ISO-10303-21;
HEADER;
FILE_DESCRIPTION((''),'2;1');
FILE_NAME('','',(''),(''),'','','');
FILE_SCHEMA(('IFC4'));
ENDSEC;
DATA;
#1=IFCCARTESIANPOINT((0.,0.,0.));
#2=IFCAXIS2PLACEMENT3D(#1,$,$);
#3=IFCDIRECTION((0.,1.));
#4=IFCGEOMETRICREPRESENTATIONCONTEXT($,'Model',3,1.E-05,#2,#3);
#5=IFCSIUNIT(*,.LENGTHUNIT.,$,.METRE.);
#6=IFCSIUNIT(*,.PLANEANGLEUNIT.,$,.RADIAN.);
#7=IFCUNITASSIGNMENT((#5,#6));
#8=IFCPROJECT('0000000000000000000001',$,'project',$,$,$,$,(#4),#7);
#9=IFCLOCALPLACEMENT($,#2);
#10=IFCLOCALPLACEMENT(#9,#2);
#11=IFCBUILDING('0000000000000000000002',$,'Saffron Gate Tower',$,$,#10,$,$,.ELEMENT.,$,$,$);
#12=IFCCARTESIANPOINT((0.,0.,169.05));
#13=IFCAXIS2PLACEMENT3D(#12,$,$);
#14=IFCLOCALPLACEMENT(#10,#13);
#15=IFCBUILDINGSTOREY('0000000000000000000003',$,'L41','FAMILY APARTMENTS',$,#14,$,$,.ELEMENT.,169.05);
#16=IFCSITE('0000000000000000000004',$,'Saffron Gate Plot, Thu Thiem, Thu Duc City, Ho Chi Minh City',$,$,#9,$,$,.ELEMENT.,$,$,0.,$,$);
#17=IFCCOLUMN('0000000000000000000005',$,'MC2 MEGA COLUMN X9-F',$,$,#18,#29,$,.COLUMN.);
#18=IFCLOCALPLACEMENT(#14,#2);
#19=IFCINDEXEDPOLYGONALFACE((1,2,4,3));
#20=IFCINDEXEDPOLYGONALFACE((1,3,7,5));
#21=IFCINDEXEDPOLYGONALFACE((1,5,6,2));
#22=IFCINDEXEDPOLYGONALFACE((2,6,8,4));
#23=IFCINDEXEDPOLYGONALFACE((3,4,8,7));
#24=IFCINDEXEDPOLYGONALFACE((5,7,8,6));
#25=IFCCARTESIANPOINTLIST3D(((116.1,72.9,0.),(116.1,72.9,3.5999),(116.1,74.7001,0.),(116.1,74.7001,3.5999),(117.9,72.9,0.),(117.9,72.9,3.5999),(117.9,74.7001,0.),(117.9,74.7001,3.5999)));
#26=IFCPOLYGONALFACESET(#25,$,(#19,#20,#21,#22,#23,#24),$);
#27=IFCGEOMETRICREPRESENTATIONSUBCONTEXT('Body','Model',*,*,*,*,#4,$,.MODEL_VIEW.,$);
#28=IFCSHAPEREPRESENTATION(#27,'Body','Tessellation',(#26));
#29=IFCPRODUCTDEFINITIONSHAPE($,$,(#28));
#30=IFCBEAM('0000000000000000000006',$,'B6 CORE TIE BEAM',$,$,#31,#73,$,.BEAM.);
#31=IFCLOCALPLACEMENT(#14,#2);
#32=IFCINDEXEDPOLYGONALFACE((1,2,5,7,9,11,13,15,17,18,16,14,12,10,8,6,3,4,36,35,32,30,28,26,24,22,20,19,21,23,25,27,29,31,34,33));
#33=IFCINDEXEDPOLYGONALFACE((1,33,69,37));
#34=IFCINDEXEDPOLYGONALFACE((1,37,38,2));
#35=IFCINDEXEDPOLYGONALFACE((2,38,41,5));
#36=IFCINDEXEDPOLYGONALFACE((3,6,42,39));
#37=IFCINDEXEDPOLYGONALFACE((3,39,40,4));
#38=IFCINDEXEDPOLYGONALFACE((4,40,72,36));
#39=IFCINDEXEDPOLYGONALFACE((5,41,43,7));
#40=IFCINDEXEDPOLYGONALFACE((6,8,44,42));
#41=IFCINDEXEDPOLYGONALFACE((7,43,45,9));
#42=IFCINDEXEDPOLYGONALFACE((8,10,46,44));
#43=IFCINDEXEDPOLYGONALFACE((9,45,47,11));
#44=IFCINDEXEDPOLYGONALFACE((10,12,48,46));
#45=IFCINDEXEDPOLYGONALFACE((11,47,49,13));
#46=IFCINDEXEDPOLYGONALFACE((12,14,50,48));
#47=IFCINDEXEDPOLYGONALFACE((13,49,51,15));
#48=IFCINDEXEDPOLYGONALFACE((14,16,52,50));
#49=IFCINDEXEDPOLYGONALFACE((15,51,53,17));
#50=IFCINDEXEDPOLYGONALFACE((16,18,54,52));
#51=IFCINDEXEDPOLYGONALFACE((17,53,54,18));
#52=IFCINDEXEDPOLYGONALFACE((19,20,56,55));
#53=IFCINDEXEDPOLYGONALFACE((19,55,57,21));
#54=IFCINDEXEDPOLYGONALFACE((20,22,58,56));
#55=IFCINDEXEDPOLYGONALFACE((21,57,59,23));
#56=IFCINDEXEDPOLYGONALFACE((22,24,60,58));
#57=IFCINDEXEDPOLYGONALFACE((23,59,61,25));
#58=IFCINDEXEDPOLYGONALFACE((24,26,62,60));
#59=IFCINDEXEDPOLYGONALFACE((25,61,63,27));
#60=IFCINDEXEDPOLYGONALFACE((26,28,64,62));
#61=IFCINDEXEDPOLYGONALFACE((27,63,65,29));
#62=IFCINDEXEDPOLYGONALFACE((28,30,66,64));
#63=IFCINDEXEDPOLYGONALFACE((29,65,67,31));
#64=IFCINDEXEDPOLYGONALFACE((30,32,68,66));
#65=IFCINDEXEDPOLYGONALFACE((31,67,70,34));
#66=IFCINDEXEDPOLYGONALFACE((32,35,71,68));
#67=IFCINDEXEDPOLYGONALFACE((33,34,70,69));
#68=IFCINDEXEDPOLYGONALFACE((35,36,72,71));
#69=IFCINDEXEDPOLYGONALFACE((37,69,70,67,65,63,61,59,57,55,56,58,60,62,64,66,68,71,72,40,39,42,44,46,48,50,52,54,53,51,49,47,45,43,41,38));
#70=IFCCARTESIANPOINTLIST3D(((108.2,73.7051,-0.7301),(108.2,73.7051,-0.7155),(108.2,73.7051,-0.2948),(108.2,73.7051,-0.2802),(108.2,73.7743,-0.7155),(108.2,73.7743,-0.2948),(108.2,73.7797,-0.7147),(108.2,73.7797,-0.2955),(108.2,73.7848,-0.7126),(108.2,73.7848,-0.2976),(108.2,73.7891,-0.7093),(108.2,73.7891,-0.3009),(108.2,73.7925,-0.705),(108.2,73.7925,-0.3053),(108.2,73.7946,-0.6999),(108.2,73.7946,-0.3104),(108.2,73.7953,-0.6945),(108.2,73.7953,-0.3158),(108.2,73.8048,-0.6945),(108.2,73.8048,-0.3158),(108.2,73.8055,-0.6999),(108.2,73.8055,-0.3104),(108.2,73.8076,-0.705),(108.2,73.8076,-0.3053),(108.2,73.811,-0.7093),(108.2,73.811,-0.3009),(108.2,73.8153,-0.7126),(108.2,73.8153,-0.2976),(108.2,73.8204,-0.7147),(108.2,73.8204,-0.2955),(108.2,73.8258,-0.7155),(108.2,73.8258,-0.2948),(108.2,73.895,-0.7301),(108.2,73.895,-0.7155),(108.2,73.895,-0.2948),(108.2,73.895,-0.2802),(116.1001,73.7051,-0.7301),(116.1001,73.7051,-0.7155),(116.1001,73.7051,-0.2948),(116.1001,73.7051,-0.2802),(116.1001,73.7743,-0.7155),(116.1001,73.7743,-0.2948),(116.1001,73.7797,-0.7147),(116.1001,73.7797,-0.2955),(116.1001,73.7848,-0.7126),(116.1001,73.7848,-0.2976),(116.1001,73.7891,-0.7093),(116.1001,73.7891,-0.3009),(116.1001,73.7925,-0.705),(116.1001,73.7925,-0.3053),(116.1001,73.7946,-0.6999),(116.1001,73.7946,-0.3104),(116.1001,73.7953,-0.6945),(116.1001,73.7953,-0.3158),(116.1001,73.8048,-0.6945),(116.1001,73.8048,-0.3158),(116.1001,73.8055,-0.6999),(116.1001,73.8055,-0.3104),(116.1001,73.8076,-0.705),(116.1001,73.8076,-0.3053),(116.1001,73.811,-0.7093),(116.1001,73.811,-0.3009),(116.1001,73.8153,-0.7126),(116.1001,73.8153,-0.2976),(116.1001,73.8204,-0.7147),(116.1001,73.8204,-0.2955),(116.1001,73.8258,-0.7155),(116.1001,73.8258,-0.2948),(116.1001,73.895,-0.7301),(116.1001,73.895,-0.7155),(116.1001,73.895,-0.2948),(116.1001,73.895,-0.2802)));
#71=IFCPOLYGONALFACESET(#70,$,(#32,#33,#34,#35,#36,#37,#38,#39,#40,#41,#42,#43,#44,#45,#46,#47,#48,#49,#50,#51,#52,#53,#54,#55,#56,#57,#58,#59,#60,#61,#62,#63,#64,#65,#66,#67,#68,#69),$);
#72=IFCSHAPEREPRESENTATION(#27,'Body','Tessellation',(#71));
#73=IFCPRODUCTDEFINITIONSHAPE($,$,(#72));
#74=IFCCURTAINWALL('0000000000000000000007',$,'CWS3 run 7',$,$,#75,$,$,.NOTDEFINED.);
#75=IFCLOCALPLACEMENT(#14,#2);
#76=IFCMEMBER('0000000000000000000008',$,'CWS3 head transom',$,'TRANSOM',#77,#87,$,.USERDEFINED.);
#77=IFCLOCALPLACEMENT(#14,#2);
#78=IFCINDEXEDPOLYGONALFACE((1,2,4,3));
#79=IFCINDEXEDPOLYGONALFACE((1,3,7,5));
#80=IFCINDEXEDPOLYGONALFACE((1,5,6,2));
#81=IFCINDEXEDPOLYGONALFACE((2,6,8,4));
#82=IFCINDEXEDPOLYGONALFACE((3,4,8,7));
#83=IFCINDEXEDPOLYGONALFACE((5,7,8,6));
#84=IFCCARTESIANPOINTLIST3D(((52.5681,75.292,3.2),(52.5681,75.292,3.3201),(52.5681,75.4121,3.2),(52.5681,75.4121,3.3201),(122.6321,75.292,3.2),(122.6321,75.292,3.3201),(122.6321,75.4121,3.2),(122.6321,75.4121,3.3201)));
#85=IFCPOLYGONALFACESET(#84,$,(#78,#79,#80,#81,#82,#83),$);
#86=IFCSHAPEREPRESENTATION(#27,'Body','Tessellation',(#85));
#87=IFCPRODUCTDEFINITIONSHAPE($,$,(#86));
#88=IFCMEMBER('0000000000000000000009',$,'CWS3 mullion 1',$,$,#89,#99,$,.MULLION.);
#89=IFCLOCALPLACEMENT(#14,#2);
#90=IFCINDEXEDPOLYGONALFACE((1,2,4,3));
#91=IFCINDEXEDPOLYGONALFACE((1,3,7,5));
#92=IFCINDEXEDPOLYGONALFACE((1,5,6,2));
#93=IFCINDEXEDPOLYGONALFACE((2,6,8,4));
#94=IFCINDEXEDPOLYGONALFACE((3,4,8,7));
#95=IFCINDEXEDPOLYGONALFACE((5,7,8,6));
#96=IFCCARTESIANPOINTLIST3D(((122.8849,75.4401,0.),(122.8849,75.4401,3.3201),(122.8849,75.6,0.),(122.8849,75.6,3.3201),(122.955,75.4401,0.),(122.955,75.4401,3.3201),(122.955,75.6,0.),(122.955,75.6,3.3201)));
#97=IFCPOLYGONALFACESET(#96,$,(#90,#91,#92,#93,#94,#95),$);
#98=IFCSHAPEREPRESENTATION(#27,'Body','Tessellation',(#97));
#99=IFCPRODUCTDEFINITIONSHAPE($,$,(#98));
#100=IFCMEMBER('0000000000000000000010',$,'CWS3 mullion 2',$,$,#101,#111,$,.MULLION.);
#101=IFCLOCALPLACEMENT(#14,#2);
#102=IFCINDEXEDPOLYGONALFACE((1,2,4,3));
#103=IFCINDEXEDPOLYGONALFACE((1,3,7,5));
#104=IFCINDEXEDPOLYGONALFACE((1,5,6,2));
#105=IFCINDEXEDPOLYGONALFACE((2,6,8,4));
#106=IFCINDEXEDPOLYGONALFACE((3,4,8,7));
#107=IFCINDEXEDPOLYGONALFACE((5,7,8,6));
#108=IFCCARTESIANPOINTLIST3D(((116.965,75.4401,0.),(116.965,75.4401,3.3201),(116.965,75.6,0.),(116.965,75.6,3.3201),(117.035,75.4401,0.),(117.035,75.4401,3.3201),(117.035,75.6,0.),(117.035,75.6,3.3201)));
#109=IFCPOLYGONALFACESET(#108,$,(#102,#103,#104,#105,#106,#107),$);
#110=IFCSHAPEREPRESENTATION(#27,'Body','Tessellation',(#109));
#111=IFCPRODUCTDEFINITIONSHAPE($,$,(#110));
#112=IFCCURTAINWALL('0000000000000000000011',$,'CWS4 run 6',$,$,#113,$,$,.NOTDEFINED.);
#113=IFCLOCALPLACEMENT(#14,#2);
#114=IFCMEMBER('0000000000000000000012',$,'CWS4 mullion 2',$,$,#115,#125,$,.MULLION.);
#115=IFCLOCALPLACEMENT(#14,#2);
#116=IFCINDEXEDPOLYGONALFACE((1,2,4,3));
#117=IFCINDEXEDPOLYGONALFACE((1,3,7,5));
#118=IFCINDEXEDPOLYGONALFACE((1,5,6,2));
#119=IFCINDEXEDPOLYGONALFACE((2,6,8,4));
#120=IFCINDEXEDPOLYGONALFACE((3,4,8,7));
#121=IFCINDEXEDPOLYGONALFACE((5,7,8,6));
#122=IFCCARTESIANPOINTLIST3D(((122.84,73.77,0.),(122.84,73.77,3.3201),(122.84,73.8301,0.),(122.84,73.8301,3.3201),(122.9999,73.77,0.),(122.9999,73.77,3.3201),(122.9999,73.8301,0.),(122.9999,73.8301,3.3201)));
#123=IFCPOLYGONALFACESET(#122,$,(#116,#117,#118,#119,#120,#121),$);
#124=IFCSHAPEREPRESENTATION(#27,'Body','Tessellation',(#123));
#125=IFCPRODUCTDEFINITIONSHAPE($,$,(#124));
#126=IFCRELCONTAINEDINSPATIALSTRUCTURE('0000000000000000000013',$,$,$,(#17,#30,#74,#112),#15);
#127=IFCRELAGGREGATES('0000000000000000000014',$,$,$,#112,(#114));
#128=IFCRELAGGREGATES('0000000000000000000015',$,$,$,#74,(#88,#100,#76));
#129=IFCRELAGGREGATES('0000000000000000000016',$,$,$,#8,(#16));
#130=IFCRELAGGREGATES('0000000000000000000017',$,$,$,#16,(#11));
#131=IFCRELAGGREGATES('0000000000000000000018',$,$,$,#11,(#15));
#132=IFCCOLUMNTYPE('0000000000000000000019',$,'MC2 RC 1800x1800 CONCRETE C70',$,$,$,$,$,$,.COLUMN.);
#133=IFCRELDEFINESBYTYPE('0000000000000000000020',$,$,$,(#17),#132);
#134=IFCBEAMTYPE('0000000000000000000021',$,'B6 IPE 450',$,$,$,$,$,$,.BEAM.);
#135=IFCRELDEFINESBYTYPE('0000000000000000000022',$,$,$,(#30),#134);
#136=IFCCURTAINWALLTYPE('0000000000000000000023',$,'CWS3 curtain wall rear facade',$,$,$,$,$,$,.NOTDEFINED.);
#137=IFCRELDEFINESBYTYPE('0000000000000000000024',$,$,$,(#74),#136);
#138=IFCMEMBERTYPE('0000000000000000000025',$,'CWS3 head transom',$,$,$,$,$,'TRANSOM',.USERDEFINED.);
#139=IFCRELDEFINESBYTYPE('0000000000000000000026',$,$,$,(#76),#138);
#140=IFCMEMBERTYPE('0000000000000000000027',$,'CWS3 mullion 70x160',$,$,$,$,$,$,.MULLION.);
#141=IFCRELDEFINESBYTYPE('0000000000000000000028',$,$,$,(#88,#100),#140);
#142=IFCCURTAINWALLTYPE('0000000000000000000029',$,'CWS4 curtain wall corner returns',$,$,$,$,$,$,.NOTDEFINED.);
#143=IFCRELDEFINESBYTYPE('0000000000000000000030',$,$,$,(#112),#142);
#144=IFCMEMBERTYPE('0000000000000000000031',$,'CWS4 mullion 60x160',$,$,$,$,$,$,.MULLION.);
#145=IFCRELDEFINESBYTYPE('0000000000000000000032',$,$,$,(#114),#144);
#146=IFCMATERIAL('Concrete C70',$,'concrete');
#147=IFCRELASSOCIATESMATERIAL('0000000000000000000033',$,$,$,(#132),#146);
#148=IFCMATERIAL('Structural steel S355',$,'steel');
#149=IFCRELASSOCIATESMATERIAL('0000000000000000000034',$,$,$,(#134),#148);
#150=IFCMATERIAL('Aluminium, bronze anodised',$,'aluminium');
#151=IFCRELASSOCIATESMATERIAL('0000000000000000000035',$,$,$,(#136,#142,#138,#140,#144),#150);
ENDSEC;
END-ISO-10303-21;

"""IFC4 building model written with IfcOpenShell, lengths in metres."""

from ifc_helpers import new_model, si_unit, direction, frame, origin, origin_2d, place, context, subcontext, project, spatial, rectangle, i_section, extrude, material, material_profile, profile_set, type_object, element, aggregate, save


model = new_model("IFC4")

# Units and contexts
model_context = context("Model", 3, precision=1e-05, world=origin(), true_north=direction((0.0, 1.0)))
body_context = subcontext(model_context, "Body", "Model", "MODEL_VIEW")
ifc_project = project(units=[si_unit("LENGTHUNIT", "METRE"), si_unit("PLANEANGLEUNIT", "RADIAN")], contexts=[model_context])

# Site, building, storey
site_placement = place(None, origin())
site = spatial("IfcSite", under=ifc_project, at=site_placement, Name="Saffron Gate Plot, Thu Thiem, Thu Duc City, Ho Chi Minh City", CompositionType="ELEMENT", RefElevation=0.0)
building_placement = place(site_placement, origin())
building = spatial("IfcBuilding", under=site, at=building_placement, Name="Saffron Gate Tower", CompositionType="ELEMENT")
storey_placement = place(building_placement, frame((0.0, 0.0, 169.05)))
storey = spatial("IfcBuildingStorey", under=building, at=storey_placement, Name="L41", Description="FAMILY APARTMENTS", CompositionType="ELEMENT", Elevation=169.05)

# Column
ifc_material_1 = material(Name="Concrete C70", Category="concrete")
ifc_material_profile_1 = material_profile(ifc_material_1, rectangle(XDim=1.8, YDim=1.8, at=origin_2d()))
ifc_profile_set_1 = profile_set([ifc_material_profile_1], Name="Concrete C70")
column_type = type_object("IfcColumnType", Name="MC2 RC 1800x1800 CONCRETE C70", PredefinedType="COLUMN", material=ifc_profile_set_1)
column_placement = place(storey_placement, frame((117.0, 73.8, 0.0), z_axis=(0.0, 0.0, 1.0), x_axis=(1.0, 0.0, 0.0)))
element("IfcColumn", 1, at=column_placement, inside=storey, type_object=column_type, Name="MC2 MEGA COLUMN X9-F", PredefinedType="COLUMN", context=body_context, shape_type="SweptSolid", body=[
    extrude(rectangle(XDim=1.8, YDim=1.8, at=origin_2d()), origin(), (0.0, 0.0, 1.0), 3.5999),
])

# Beam
ifc_material_2 = material(Name="Structural steel S355", Category="steel")
ifc_material_profile_2 = material_profile(ifc_material_2, i_section(OverallWidth=0.1899, OverallDepth=0.45, WebThickness=0.0095, FlangeThickness=0.0146, FilletRadius=0.021, at=origin_2d()))
ifc_profile_set_2 = profile_set([ifc_material_profile_2], Name="Structural steel S355")
beam_type = type_object("IfcBeamType", Name="B6 IPE 450", PredefinedType="BEAM", material=ifc_profile_set_2)
beam_placement = place(storey_placement, frame((116.1001, 73.8, -0.5051), z_axis=(-1.0, 0.0, 0.0), x_axis=(0.0, -1.0, 0.0)))
element("IfcBeam", 2, at=beam_placement, inside=storey, type_object=beam_type, Name="B6 CORE TIE BEAM", PredefinedType="BEAM", context=body_context, shape_type="SweptSolid", body=[
    extrude(i_section(OverallWidth=0.1899, OverallDepth=0.45, WebThickness=0.0095, FlangeThickness=0.0146, FilletRadius=0.021, at=origin_2d()), origin(), (0.0, 0.0, 1.0), 7.9001),
])

# Curtain wall, members
ifc_material_3 = material(Name="Aluminium, bronze anodised", Category="aluminium")
curtain_wall_type_1 = type_object("IfcCurtainWallType", Name="CWS3 curtain wall rear facade", PredefinedType="NOTDEFINED", material=ifc_material_3)
curtain_wall_1_placement = place(storey_placement, origin())
curtain_wall_1 = element("IfcCurtainWall", 3, at=curtain_wall_1_placement, inside=storey, type_object=curtain_wall_type_1, Name="CWS3 run 7", PredefinedType="NOTDEFINED")
ifc_material_profile_3 = material_profile(ifc_material_3, rectangle(XDim=0.1201, YDim=0.1201, at=origin_2d()))
ifc_profile_set_3 = profile_set([ifc_material_profile_3], Name="Aluminium, bronze anodised")
member_type_1 = type_object("IfcMemberType", Name="CWS3 head transom", ElementType="TRANSOM", PredefinedType="USERDEFINED", material=ifc_profile_set_3)
member_1_placement = place(storey_placement, frame((122.6321, 75.3521, 3.26), z_axis=(-1.0, 0.0, 0.0), x_axis=(0.0, -1.0, 0.0)))
member_1 = element("IfcMember", 4, at=member_1_placement, type_object=member_type_1, Name="CWS3 head transom", ObjectType="TRANSOM", PredefinedType="USERDEFINED", context=body_context, shape_type="SweptSolid", body=[
    extrude(rectangle(XDim=0.1201, YDim=0.1201, at=origin_2d()), origin(), (0.0, 0.0, 1.0), 70.064),
])
ifc_material_profile_4 = material_profile(ifc_material_3, rectangle(XDim=0.1599, YDim=0.0701, at=origin_2d()))
ifc_profile_set_4 = profile_set([ifc_material_profile_4], Name="Aluminium, bronze anodised")
member_type_2 = type_object("IfcMemberType", Name="CWS3 mullion 70x160", PredefinedType="MULLION", material=ifc_profile_set_4)
member_2_placement = place(storey_placement, frame((122.9199, 75.52, 0.0), z_axis=(0.0, 0.0, 1.0), x_axis=(0.0, -1.0, 0.0)))
member_2 = element("IfcMember", 5, at=member_2_placement, type_object=member_type_2, Name="CWS3 mullion 1", PredefinedType="MULLION", context=body_context, shape_type="SweptSolid", body=[
    extrude(rectangle(XDim=0.1599, YDim=0.0701, at=origin_2d()), origin(), (0.0, 0.0, 1.0), 3.3201),
])
member_3_placement = place(storey_placement, frame((117.0, 75.52, 0.0), z_axis=(0.0, 0.0, 1.0), x_axis=(0.0, -1.0, 0.0)))
member_3 = element("IfcMember", 6, at=member_3_placement, type_object=member_type_2, Name="CWS3 mullion 2", PredefinedType="MULLION", context=body_context, shape_type="SweptSolid", body=[
    extrude(rectangle(XDim=0.1599, YDim=0.0701, at=origin_2d()), origin(), (0.0, 0.0, 1.0), 3.3201),
])

# Curtain wall, member
curtain_wall_type_2 = type_object("IfcCurtainWallType", Name="CWS4 curtain wall corner returns", PredefinedType="NOTDEFINED", material=ifc_material_3)
curtain_wall_2_placement = place(storey_placement, origin())
curtain_wall_2 = element("IfcCurtainWall", 7, at=curtain_wall_2_placement, inside=storey, type_object=curtain_wall_type_2, Name="CWS4 run 6", PredefinedType="NOTDEFINED")
ifc_material_profile_5 = material_profile(ifc_material_3, rectangle(XDim=0.1599, YDim=0.0601, at=origin_2d()))
ifc_profile_set_5 = profile_set([ifc_material_profile_5], Name="Aluminium, bronze anodised")
member_type_3 = type_object("IfcMemberType", Name="CWS4 mullion 60x160", PredefinedType="MULLION", material=ifc_profile_set_5)
member_4_placement = place(storey_placement, frame((122.9199, 73.8, 0.0), z_axis=(0.0, 0.0, 1.0), x_axis=(-1.0, 0.0, 0.0)))
member_4 = element("IfcMember", 8, at=member_4_placement, type_object=member_type_3, Name="CWS4 mullion 2", PredefinedType="MULLION", context=body_context, shape_type="SweptSolid", body=[
    extrude(rectangle(XDim=0.1599, YDim=0.0601, at=origin_2d()), origin(), (0.0, 0.0, 1.0), 3.3201),
])
aggregate(curtain_wall_2, [member_4])

aggregate(curtain_wall_1, [member_2, member_3, member_1])

save(model, "model.ifc")
